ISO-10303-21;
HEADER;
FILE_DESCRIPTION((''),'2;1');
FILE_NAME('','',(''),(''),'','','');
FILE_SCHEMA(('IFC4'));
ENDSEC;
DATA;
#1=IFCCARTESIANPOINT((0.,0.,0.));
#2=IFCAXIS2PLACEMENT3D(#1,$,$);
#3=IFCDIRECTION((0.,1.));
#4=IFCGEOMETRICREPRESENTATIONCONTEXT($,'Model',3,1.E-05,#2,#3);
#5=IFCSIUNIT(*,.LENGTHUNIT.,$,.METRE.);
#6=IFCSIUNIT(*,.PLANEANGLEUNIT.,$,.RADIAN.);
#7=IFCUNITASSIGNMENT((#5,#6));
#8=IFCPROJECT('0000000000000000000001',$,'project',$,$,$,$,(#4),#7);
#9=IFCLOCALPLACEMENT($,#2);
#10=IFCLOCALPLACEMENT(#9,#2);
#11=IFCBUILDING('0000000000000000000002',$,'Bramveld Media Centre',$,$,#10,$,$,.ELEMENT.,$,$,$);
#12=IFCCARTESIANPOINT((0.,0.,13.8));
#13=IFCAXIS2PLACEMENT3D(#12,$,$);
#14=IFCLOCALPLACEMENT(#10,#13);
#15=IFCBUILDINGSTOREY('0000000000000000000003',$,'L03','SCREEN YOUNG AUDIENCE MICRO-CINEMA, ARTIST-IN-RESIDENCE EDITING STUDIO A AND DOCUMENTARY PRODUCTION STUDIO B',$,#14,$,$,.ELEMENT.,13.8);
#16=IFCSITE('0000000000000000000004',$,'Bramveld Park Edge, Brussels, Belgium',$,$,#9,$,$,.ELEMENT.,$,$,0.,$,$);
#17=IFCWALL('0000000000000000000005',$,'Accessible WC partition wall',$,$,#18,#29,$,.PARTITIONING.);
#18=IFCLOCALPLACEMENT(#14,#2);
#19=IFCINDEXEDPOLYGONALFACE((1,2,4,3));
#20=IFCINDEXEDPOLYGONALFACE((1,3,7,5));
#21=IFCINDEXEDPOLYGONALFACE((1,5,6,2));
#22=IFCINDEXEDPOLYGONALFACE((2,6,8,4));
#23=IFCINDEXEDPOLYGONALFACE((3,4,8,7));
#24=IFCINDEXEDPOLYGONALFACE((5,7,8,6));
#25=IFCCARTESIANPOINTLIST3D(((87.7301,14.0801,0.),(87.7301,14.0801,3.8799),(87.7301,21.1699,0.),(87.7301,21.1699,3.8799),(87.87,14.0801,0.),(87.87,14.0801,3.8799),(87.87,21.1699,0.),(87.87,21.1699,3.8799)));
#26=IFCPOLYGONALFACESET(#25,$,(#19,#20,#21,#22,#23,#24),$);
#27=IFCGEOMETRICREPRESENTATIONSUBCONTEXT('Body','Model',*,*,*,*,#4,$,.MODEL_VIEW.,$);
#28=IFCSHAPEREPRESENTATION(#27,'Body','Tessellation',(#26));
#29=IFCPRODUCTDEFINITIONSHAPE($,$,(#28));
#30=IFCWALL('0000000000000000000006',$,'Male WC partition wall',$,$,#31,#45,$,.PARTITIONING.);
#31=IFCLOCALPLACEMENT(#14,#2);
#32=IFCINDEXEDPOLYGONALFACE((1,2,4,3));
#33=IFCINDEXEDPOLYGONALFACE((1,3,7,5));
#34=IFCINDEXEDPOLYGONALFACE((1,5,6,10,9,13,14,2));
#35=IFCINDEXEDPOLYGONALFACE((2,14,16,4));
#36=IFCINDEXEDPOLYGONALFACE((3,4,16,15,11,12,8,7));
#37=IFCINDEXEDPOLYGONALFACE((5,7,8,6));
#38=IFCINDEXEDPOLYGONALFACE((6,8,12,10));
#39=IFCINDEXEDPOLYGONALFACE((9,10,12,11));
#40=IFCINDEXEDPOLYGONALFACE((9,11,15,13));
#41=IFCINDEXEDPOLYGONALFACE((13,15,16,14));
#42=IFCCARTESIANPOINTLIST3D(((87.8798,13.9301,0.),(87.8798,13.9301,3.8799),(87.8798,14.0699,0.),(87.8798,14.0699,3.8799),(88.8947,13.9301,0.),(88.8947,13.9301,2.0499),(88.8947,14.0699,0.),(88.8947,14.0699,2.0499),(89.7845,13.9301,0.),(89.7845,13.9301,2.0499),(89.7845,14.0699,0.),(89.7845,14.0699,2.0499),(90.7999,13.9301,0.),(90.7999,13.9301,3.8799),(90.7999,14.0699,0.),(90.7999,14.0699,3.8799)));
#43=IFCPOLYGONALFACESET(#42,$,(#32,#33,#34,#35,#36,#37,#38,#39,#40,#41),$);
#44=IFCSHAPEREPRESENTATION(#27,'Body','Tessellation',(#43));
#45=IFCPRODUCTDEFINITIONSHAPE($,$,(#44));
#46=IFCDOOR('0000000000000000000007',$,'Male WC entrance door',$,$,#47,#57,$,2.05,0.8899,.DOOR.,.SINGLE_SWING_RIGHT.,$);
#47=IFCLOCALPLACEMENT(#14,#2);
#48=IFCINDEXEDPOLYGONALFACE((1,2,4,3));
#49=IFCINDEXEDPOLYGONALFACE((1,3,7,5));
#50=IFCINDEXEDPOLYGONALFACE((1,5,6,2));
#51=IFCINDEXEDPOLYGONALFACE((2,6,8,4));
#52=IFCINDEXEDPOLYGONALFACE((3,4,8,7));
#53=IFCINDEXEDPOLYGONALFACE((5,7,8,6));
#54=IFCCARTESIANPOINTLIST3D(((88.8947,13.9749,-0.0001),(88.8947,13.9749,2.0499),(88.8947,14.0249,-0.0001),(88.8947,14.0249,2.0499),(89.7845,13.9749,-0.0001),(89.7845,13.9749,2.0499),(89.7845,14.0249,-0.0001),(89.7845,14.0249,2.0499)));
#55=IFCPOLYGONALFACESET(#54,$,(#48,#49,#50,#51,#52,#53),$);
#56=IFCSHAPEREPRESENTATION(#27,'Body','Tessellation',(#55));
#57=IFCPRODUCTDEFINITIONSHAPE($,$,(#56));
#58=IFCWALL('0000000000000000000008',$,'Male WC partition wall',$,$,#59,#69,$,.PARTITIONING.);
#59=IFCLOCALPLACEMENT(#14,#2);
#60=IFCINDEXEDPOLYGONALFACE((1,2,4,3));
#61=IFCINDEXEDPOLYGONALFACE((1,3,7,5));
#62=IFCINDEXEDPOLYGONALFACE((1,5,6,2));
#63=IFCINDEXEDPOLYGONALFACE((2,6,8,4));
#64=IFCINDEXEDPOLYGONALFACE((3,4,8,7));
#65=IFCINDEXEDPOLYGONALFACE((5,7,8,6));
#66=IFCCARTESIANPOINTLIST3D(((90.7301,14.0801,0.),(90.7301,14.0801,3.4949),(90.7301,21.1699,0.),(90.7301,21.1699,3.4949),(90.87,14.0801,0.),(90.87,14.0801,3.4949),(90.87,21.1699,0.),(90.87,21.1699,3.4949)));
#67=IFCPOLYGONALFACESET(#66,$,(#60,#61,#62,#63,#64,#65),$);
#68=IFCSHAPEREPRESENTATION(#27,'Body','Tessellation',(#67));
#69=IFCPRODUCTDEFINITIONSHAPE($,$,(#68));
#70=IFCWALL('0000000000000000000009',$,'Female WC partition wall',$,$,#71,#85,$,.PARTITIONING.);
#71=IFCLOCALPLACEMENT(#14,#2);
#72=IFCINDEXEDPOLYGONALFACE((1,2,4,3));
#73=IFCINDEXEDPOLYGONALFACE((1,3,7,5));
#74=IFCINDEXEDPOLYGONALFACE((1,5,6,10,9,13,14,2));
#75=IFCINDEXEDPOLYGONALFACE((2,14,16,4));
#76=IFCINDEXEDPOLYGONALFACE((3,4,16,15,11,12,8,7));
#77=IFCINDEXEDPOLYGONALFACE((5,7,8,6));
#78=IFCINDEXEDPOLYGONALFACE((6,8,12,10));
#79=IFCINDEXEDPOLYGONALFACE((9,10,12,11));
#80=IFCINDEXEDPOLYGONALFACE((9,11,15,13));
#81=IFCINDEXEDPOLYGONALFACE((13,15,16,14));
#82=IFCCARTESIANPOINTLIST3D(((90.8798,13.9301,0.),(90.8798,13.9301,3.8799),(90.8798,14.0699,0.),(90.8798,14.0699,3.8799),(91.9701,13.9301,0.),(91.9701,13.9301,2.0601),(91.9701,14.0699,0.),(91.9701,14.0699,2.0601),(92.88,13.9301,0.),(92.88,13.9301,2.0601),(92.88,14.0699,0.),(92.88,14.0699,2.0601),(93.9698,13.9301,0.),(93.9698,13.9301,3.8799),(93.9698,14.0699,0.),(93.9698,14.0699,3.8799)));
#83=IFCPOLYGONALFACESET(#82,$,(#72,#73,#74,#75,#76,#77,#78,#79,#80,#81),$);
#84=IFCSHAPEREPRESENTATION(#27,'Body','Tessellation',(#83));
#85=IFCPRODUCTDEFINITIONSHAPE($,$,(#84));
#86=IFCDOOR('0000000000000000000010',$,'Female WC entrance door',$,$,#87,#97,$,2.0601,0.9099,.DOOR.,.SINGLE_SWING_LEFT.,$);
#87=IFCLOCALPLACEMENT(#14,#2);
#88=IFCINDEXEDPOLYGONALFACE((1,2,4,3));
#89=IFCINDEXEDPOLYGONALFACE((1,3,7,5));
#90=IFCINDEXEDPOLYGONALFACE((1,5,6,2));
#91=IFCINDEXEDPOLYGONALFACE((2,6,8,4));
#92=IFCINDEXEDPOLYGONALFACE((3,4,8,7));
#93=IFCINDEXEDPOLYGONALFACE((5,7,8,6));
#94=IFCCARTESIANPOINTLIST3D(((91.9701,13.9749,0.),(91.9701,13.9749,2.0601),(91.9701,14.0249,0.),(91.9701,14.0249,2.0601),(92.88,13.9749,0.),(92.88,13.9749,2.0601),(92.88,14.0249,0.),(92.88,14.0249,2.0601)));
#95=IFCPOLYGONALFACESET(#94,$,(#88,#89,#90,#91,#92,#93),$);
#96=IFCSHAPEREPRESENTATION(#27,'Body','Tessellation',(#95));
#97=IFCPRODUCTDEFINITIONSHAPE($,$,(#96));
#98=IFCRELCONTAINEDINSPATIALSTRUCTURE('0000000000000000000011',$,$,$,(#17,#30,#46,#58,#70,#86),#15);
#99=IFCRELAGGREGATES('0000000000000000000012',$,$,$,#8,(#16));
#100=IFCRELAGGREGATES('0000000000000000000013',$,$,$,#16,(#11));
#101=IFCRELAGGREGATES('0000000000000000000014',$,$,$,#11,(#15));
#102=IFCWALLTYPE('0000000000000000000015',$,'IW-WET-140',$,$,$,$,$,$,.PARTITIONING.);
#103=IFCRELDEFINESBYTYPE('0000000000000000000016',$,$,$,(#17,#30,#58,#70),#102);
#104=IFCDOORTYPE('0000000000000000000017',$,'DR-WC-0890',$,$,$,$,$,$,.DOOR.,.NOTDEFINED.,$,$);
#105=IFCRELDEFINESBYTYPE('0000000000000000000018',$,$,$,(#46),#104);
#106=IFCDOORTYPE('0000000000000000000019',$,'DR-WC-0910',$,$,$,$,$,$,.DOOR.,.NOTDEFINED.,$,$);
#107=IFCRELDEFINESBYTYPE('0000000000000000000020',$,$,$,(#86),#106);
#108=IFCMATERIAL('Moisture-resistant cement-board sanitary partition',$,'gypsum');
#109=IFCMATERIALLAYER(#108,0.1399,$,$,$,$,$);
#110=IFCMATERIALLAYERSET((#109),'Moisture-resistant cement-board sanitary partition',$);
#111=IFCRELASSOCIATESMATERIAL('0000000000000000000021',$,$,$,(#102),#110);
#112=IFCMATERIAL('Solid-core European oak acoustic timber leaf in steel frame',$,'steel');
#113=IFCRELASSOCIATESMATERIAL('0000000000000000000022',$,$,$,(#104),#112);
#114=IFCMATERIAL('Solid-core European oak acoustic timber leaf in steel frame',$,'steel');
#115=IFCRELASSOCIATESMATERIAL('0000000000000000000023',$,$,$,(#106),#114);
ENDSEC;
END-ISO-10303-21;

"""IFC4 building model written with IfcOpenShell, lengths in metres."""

from ifc_helpers import new_model, si_unit, direction, frame, frame_2d, origin, place, context, subcontext, project, spatial, rectangle, extrude, material, layer, layer_set, type_object, element, fill, save


model = new_model("IFC4")

# Units and contexts
model_context = context("Model", 3, precision=1e-05, world=origin(), true_north=direction((0.0, 1.0)))
body_context = subcontext(model_context, "Body", "Model", "MODEL_VIEW")
ifc_project = project(units=[si_unit("LENGTHUNIT", "METRE"), si_unit("PLANEANGLEUNIT", "RADIAN")], contexts=[model_context])

# Site, building, storey
site_placement = place(None, origin())
site = spatial("IfcSite", under=ifc_project, at=site_placement, Name="Bramveld Park Edge, Brussels, Belgium", CompositionType="ELEMENT", RefElevation=0.0)
building_placement = place(site_placement, origin())
building = spatial("IfcBuilding", under=site, at=building_placement, Name="Bramveld Media Centre", CompositionType="ELEMENT")
storey_placement = place(building_placement, frame((0.0, 0.0, 13.8)))
storey = spatial("IfcBuildingStorey", under=building, at=storey_placement, Name="L03", Description="SCREEN YOUNG AUDIENCE MICRO-CINEMA, ARTIST-IN-RESIDENCE EDITING STUDIO A AND DOCUMENTARY PRODUCTION STUDIO B", CompositionType="ELEMENT", Elevation=13.8)

# Shared definitions
ifc_material_1 = material(Name="Moisture-resistant cement-board sanitary partition", Category="gypsum")
ifc_layer_1 = layer(ifc_material_1, 0.1399)
ifc_layer_set_1 = layer_set([ifc_layer_1], Name="Moisture-resistant cement-board sanitary partition")
wall_type_1 = type_object("IfcWallType", Name="IW-WET-140", PredefinedType="PARTITIONING", material=ifc_layer_set_1)

# Wall
wall_1_placement = place(storey_placement, frame((87.8, 14.0801, 0.0), z_axis=(0.0, 0.0, 1.0), x_axis=(0.0, 1.0, 0.0)))
element("IfcWall", 1, at=wall_1_placement, inside=storey, type_object=wall_type_1, Name="Accessible WC partition wall", PredefinedType="PARTITIONING", context=body_context, shape_type="SweptSolid", body=[
    extrude(rectangle(XDim=7.0898, YDim=0.1399, at=frame_2d((3.5449, 0.0))), origin(), (0.0, 0.0, 1.0), 3.8799),
])

# Wall, opening, door
wall_2_placement = place(storey_placement, frame((87.8799, 14.0, 0.0), z_axis=(0.0, 0.0, 1.0), x_axis=(1.0, 0.0, 0.0)))
wall_2 = element("IfcWall", 2, at=wall_2_placement, inside=storey, type_object=wall_type_1, Name="Male WC partition wall", PredefinedType="PARTITIONING", context=body_context, shape_type="SweptSolid", body=[
    extrude(rectangle(XDim=2.9202, YDim=0.1399, at=frame_2d((1.46, 0.0))), origin(), (0.0, 0.0, 1.0), 3.8799),
])
opening_1_placement = place(wall_2_placement, frame((1.0149, 0.0, 0.0)))
opening_1 = element("IfcOpeningElement", 3, at=opening_1_placement, cuts=wall_2, PredefinedType="OPENING", context=body_context, shape_type="SweptSolid", body=[
    extrude(rectangle(XDim=0.8899, YDim=2.05, at=frame_2d((0.4448, 1.0249))), frame((0.0, 0.082, 0.0), z_axis=(0.0, -1.0, 0.0), x_axis=(1.0, 0.0, 0.0)), (0.0, 0.0, 1.0), 0.1638),
])
ifc_material_2 = material(Name="Solid-core European oak acoustic timber leaf in steel frame", Category="steel")
door_type_1 = type_object("IfcDoorType", Name="DR-WC-0890", OperationType="NOTDEFINED", PredefinedType="DOOR", material=ifc_material_2)
door_1_placement = place(opening_1_placement, origin())
door_1 = element("IfcDoor", 4, at=door_1_placement, inside=storey, type_object=door_type_1, Name="Male WC entrance door", OperationType="SINGLE_SWING_RIGHT", OverallHeight=2.05, OverallWidth=0.8899, PredefinedType="DOOR", context=body_context, shape_type="SweptSolid", body=[
    extrude(rectangle(XDim=0.8899, YDim=2.05, at=frame_2d((0.4448, 1.0249))), frame((0.0, 0.0249, 0.0), z_axis=(0.0, -1.0, 0.0), x_axis=(1.0, 0.0, 0.0)), (0.0, 0.0, 1.0), 0.05),
])
fill(opening_1, door_1)

# Wall
wall_3_placement = place(storey_placement, frame((90.8, 14.0801, 0.0), z_axis=(0.0, 0.0, 1.0), x_axis=(0.0, 1.0, 0.0)))
element("IfcWall", 5, at=wall_3_placement, inside=storey, type_object=wall_type_1, Name="Male WC partition wall", PredefinedType="PARTITIONING", context=body_context, shape_type="SweptSolid", body=[
    extrude(rectangle(XDim=7.0898, YDim=0.1399, at=frame_2d((3.5449, 0.0))), origin(), (0.0, 0.0, 1.0), 3.4949),
])

# Wall, opening, door
wall_4_placement = place(storey_placement, frame((90.8799, 14.0, 0.0), z_axis=(0.0, 0.0, 1.0), x_axis=(1.0, 0.0, 0.0)))
wall_4 = element("IfcWall", 6, at=wall_4_placement, inside=storey, type_object=wall_type_1, Name="Female WC partition wall", PredefinedType="PARTITIONING", context=body_context, shape_type="SweptSolid", body=[
    extrude(rectangle(XDim=3.0901, YDim=0.1399, at=frame_2d((1.5449, 0.0))), origin(), (0.0, 0.0, 1.0), 3.8799),
])
opening_2_placement = place(wall_4_placement, frame((1.0901, 0.0, 0.0)))
opening_2 = element("IfcOpeningElement", 7, at=opening_2_placement, cuts=wall_4, PredefinedType="OPENING", context=body_context, shape_type="SweptSolid", body=[
    extrude(rectangle(XDim=0.9099, YDim=2.0601, at=frame_2d((0.4551, 1.03))), frame((0.0, 0.082, 0.0), z_axis=(0.0, -1.0, 0.0), x_axis=(1.0, 0.0, 0.0)), (0.0, 0.0, 1.0), 0.1638),
])
ifc_material_3 = material(Name="Solid-core European oak acoustic timber leaf in steel frame", Category="steel")
door_type_2 = type_object("IfcDoorType", Name="DR-WC-0910", OperationType="NOTDEFINED", PredefinedType="DOOR", material=ifc_material_3)
door_2_placement = place(opening_2_placement, origin())
door_2 = element("IfcDoor", 8, at=door_2_placement, inside=storey, type_object=door_type_2, Name="Female WC entrance door", OperationType="SINGLE_SWING_LEFT", OverallHeight=2.0601, OverallWidth=0.9099, PredefinedType="DOOR", context=body_context, shape_type="SweptSolid", body=[
    extrude(rectangle(XDim=0.9099, YDim=2.0601, at=frame_2d((0.4551, 1.03))), frame((0.0, 0.0249, 0.0), z_axis=(0.0, -1.0, 0.0), x_axis=(1.0, 0.0, 0.0)), (0.0, 0.0, 1.0), 0.05),
])
fill(opening_2, door_2)

save(model, "model.ifc")
